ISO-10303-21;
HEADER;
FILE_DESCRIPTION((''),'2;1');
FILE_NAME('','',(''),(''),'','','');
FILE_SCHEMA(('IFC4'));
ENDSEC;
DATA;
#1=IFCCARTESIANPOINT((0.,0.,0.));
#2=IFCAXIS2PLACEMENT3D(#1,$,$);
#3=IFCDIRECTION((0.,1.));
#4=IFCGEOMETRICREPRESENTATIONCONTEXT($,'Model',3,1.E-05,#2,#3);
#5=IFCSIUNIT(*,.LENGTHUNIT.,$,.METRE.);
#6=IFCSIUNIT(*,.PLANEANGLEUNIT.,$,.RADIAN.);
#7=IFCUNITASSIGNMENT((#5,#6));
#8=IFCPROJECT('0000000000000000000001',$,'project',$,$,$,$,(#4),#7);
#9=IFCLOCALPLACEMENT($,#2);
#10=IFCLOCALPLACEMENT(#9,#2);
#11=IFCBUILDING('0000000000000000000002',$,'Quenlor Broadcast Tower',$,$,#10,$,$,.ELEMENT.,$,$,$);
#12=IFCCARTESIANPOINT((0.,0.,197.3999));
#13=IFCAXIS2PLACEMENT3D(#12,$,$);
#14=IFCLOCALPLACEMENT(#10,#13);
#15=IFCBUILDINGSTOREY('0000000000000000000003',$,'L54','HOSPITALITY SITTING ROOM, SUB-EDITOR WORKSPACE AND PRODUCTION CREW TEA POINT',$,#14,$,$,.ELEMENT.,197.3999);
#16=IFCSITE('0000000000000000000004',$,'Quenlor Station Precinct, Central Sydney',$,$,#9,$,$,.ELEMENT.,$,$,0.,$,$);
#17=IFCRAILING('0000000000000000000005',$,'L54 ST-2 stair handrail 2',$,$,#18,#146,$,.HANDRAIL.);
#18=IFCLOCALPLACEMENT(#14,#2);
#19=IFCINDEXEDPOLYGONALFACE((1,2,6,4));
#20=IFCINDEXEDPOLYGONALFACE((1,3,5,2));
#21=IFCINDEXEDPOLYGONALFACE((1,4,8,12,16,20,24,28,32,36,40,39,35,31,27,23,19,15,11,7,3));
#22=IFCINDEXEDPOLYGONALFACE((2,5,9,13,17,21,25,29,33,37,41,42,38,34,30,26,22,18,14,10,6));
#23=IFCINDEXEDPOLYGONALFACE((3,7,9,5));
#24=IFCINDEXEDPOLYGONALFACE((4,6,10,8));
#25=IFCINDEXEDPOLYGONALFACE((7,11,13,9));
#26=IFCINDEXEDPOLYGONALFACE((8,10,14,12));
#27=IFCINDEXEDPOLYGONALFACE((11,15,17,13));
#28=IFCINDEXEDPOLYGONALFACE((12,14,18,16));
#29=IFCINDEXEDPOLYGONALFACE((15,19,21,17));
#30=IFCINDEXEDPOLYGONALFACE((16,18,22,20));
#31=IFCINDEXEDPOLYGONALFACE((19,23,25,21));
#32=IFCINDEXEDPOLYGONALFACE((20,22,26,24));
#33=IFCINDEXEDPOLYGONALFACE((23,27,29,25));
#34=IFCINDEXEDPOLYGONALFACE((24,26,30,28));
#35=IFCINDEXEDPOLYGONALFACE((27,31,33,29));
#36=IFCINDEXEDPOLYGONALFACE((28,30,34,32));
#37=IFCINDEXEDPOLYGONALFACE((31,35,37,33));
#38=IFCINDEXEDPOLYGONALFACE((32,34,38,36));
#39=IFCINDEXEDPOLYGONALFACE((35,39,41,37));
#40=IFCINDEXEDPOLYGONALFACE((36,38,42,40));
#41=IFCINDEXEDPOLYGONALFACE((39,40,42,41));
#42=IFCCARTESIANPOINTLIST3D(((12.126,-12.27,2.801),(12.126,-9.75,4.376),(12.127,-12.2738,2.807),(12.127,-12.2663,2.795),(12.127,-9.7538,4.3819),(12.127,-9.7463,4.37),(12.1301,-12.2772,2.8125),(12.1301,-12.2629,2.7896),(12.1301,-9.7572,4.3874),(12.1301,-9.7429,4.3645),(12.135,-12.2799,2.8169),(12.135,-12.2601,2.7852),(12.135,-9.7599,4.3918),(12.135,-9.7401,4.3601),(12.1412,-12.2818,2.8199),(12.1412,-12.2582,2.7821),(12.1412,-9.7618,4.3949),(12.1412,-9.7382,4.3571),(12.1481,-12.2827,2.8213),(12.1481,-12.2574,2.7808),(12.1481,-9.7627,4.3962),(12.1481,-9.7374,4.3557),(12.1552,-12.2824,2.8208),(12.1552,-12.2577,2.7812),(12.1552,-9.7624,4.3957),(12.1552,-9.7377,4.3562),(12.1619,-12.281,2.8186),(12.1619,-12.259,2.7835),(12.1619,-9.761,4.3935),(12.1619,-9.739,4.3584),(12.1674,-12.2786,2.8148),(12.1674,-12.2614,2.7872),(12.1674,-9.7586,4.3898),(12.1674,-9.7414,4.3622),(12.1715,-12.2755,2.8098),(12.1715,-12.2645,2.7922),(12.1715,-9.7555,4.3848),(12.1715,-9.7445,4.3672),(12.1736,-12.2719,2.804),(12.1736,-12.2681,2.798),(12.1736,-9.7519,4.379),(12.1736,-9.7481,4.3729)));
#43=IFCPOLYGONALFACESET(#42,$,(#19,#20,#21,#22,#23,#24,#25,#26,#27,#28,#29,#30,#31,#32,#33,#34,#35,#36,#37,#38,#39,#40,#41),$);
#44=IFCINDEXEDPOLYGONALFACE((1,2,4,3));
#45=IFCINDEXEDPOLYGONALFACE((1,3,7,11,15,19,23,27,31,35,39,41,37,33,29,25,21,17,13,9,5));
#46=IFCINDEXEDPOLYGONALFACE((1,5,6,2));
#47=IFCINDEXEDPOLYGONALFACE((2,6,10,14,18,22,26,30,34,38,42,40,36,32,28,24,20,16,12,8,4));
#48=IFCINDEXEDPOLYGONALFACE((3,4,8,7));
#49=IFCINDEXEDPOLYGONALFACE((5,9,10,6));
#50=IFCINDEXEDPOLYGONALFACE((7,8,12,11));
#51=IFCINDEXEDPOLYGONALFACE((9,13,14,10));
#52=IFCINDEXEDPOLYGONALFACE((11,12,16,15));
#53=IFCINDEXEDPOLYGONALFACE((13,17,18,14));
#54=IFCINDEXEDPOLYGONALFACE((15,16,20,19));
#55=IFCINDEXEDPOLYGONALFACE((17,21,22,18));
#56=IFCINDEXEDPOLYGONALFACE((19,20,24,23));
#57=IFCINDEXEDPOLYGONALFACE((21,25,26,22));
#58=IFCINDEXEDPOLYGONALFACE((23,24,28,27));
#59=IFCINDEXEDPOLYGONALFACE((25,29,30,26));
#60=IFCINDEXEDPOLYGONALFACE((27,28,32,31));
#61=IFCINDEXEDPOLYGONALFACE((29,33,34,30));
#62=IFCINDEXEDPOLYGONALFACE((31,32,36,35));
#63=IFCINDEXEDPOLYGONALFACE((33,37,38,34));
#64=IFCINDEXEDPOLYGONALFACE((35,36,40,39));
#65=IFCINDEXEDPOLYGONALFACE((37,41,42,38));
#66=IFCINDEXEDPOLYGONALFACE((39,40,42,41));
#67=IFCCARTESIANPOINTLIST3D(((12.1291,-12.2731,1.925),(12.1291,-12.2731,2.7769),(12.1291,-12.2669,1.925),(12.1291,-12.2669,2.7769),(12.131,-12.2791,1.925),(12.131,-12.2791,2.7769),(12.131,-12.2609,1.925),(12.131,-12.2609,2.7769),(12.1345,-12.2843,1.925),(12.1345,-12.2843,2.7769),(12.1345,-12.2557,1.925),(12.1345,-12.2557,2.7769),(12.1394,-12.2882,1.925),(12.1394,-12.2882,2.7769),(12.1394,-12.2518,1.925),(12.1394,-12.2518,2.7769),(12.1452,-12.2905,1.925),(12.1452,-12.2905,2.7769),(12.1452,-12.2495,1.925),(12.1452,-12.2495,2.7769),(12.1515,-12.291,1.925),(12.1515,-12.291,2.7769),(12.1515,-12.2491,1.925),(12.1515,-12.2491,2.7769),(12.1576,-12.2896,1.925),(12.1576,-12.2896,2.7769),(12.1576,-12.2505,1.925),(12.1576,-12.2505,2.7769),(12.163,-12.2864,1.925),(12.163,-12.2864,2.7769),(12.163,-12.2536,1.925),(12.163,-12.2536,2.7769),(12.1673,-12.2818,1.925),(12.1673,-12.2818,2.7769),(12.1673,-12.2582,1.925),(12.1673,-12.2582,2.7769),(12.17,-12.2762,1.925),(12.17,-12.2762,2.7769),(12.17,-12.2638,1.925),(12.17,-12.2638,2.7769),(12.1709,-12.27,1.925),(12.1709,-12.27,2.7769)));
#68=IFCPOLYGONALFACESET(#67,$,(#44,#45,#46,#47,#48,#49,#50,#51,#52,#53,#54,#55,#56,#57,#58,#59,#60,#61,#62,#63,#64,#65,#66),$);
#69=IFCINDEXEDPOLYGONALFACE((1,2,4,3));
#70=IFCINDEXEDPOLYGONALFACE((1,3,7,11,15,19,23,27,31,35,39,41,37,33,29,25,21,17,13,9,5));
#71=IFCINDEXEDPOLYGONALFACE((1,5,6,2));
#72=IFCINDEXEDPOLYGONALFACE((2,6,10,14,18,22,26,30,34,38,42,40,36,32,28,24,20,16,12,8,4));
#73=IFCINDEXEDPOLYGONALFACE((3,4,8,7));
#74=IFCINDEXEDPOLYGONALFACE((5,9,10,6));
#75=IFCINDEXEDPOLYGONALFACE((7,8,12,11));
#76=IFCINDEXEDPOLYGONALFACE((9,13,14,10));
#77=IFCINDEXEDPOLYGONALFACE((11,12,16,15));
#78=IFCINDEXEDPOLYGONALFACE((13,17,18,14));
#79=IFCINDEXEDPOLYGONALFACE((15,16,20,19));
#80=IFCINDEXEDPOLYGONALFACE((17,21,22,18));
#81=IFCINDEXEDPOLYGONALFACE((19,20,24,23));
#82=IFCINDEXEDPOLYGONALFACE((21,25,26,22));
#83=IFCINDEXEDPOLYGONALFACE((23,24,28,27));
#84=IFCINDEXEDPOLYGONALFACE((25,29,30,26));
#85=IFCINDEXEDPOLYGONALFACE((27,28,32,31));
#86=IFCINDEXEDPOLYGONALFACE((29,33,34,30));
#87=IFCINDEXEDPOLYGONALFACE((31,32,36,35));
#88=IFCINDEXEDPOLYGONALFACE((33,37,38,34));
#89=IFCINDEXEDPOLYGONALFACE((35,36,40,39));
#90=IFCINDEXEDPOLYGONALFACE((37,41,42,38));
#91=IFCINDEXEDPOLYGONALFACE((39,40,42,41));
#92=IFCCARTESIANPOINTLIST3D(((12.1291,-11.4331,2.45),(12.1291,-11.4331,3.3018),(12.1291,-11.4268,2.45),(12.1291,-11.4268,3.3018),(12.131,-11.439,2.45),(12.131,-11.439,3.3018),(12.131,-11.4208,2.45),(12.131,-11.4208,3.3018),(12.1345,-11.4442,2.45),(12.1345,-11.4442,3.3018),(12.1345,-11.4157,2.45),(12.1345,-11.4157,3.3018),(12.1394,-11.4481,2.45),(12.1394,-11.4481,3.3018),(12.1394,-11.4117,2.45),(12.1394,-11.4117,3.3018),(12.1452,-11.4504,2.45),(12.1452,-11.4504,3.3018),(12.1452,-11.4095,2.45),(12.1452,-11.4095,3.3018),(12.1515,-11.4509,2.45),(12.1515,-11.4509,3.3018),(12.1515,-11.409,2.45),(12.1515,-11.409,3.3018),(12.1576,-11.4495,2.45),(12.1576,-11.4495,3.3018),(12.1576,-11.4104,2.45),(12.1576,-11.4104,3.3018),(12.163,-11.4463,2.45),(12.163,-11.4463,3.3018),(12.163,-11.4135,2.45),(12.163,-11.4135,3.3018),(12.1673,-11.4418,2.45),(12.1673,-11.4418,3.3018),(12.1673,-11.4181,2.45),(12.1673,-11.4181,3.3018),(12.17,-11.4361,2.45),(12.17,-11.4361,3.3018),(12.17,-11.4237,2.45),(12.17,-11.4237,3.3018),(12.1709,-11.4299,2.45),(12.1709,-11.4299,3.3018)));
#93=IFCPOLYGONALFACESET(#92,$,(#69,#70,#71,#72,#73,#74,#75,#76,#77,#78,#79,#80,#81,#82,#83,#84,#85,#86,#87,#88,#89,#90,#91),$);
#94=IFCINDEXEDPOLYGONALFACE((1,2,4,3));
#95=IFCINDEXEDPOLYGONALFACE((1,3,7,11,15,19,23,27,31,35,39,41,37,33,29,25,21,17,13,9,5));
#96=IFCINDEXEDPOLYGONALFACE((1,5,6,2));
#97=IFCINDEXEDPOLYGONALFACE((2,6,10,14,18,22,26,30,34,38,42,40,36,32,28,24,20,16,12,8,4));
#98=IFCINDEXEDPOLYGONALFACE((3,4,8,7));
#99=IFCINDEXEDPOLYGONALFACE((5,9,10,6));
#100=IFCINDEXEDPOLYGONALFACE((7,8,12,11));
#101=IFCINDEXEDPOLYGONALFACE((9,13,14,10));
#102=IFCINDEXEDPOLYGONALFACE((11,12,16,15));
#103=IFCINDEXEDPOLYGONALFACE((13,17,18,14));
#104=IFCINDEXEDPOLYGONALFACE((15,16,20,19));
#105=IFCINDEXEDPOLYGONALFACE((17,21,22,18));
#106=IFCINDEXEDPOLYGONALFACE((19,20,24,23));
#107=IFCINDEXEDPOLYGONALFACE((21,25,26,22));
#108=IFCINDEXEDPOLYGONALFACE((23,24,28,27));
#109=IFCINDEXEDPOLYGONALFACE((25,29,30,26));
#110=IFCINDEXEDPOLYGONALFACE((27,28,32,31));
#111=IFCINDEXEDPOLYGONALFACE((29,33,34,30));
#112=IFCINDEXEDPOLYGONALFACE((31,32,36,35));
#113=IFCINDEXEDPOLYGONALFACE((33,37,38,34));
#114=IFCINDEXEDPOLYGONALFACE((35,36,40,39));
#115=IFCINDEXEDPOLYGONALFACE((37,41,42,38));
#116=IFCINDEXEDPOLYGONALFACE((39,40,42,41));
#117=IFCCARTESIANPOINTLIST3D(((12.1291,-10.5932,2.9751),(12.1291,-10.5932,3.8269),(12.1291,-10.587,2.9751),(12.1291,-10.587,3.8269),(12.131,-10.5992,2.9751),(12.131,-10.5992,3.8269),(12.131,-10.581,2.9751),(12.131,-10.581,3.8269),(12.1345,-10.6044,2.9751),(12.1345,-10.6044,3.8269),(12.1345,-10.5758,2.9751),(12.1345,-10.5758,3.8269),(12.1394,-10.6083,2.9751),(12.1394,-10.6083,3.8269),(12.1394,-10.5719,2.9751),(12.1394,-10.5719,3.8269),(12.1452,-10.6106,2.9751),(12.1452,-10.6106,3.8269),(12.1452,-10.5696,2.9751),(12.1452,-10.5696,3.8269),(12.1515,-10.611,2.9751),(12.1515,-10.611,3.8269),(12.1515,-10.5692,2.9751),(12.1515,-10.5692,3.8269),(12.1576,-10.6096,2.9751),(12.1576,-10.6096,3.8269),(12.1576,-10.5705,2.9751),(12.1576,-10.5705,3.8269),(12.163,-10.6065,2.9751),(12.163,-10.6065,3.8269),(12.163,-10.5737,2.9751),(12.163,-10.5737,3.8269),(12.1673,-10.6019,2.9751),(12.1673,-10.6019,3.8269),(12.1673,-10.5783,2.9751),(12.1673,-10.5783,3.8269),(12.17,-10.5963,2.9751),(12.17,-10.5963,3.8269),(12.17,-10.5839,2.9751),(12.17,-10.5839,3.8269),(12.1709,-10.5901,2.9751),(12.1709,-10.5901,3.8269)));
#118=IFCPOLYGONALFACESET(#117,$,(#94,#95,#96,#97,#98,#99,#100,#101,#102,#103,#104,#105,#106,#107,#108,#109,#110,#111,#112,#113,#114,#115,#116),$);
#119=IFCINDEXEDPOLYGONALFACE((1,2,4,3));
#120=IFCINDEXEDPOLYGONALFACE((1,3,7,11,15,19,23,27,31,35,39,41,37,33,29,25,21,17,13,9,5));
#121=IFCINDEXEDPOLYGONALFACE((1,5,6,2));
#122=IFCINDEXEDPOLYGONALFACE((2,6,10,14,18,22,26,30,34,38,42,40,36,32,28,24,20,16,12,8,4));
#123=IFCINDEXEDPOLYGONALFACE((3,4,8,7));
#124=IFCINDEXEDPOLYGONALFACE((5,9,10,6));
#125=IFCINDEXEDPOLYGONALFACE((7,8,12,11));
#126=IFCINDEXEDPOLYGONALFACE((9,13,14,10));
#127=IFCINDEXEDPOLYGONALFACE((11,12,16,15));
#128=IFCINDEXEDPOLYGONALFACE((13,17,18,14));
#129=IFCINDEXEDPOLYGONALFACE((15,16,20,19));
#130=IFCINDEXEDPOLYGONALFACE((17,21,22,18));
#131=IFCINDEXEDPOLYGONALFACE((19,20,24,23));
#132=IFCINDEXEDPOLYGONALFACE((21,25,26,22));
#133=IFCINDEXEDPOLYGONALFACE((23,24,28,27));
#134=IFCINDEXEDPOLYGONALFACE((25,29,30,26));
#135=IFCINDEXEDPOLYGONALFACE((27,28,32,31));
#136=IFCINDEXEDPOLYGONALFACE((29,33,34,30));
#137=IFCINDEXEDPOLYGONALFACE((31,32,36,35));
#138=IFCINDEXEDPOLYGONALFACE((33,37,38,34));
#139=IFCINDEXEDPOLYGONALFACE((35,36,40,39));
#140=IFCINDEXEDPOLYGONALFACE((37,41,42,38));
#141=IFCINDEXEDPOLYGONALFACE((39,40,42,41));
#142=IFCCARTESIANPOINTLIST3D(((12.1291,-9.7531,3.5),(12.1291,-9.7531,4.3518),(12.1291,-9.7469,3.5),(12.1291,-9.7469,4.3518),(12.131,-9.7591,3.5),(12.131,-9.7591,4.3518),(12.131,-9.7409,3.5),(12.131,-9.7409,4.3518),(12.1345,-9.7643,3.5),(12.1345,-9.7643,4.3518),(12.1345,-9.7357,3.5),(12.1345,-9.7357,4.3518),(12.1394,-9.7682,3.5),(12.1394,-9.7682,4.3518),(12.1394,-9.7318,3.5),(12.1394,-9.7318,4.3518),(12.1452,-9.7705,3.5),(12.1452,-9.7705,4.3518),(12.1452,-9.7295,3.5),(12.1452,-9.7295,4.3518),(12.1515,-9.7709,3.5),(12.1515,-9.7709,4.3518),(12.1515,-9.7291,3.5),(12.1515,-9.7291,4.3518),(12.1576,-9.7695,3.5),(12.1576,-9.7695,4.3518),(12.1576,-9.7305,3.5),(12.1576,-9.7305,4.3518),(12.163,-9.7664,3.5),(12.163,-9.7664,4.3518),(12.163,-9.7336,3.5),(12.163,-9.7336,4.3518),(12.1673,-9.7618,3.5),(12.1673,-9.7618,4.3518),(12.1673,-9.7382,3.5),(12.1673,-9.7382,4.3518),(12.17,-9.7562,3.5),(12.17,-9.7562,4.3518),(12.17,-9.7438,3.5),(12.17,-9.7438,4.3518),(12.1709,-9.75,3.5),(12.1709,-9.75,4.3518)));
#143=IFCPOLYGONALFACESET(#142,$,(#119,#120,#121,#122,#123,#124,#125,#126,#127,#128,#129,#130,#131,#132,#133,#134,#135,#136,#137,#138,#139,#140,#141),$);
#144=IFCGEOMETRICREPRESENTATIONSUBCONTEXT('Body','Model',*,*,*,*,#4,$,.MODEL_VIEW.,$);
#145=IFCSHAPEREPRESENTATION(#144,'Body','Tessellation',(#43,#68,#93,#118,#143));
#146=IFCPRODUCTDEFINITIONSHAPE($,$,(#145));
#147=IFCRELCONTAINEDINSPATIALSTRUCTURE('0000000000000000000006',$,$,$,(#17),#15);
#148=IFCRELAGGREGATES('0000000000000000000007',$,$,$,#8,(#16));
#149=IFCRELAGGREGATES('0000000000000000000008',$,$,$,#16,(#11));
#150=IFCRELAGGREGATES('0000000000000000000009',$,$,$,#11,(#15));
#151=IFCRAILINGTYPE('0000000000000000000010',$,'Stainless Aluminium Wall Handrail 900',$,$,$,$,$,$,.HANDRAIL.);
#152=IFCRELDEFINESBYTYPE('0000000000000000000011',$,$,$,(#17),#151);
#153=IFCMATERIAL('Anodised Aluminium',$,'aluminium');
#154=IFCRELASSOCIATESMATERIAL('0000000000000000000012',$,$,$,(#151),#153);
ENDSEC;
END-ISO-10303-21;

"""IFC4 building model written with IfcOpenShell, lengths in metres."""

from ifc_helpers import new_model, si_unit, direction, frame, origin, origin_2d, place, context, subcontext, project, spatial, circle, extrude, material, type_object, element, save


model = new_model("IFC4")

# Units and contexts
model_context = context("Model", 3, precision=1e-05, world=origin(), true_north=direction((0.0, 1.0)))
body_context = subcontext(model_context, "Body", "Model", "MODEL_VIEW")
ifc_project = project(units=[si_unit("LENGTHUNIT", "METRE"), si_unit("PLANEANGLEUNIT", "RADIAN")], contexts=[model_context])

# Site, building, storey
site_placement = place(None, origin())
site = spatial("IfcSite", under=ifc_project, at=site_placement, Name="Quenlor Station Precinct, Central Sydney", CompositionType="ELEMENT", RefElevation=0.0)
building_placement = place(site_placement, origin())
building = spatial("IfcBuilding", under=site, at=building_placement, Name="Quenlor Broadcast Tower", CompositionType="ELEMENT")
storey_placement = place(building_placement, frame((0.0, 0.0, 197.3999)))
storey = spatial("IfcBuildingStorey", under=building, at=storey_placement, Name="L54", Description="HOSPITALITY SITTING ROOM, SUB-EDITOR WORKSPACE AND PRODUCTION CREW TEA POINT", CompositionType="ELEMENT", Elevation=197.3999)

# Railing
ifc_material_1 = material(Name="Anodised Aluminium", Category="aluminium")
railing_type_1 = type_object("IfcRailingType", Name="Stainless Aluminium Wall Handrail 900", PredefinedType="HANDRAIL", material=ifc_material_1)
railing_1_placement = place(storey_placement, frame((12.1499, -12.27, 1.925)))
element("IfcRailing", 1, at=railing_1_placement, inside=storey, type_object=railing_type_1, Name="L54 ST-2 stair handrail 2", PredefinedType="HANDRAIL", context=body_context, shape_type="SweptSolid", body=[
    extrude(circle(Radius=0.0239, at=origin_2d()), frame((0.0, 0.0, 0.876), z_axis=(0.0, 0.848008, 0.529984), x_axis=(-1.0, 0.0, 0.0)), (0.0, 0.0, 1.0), 2.9717),
    extrude(circle(Radius=0.021, at=origin_2d()), origin(), (0.0, 0.0, 1.0), 0.8518),
    extrude(circle(Radius=0.021, at=origin_2d()), frame((0.0, 0.8401, 0.5249)), (0.0, 0.0, 1.0), 0.8518),
    extrude(circle(Radius=0.021, at=origin_2d()), frame((0.0, 1.6799, 1.05)), (0.0, 0.0, 1.0), 0.8518),
    extrude(circle(Radius=0.021, at=origin_2d()), frame((0.0, 2.52, 1.575)), (0.0, 0.0, 1.0), 0.8518),
])

save(model, "model.ifc")
